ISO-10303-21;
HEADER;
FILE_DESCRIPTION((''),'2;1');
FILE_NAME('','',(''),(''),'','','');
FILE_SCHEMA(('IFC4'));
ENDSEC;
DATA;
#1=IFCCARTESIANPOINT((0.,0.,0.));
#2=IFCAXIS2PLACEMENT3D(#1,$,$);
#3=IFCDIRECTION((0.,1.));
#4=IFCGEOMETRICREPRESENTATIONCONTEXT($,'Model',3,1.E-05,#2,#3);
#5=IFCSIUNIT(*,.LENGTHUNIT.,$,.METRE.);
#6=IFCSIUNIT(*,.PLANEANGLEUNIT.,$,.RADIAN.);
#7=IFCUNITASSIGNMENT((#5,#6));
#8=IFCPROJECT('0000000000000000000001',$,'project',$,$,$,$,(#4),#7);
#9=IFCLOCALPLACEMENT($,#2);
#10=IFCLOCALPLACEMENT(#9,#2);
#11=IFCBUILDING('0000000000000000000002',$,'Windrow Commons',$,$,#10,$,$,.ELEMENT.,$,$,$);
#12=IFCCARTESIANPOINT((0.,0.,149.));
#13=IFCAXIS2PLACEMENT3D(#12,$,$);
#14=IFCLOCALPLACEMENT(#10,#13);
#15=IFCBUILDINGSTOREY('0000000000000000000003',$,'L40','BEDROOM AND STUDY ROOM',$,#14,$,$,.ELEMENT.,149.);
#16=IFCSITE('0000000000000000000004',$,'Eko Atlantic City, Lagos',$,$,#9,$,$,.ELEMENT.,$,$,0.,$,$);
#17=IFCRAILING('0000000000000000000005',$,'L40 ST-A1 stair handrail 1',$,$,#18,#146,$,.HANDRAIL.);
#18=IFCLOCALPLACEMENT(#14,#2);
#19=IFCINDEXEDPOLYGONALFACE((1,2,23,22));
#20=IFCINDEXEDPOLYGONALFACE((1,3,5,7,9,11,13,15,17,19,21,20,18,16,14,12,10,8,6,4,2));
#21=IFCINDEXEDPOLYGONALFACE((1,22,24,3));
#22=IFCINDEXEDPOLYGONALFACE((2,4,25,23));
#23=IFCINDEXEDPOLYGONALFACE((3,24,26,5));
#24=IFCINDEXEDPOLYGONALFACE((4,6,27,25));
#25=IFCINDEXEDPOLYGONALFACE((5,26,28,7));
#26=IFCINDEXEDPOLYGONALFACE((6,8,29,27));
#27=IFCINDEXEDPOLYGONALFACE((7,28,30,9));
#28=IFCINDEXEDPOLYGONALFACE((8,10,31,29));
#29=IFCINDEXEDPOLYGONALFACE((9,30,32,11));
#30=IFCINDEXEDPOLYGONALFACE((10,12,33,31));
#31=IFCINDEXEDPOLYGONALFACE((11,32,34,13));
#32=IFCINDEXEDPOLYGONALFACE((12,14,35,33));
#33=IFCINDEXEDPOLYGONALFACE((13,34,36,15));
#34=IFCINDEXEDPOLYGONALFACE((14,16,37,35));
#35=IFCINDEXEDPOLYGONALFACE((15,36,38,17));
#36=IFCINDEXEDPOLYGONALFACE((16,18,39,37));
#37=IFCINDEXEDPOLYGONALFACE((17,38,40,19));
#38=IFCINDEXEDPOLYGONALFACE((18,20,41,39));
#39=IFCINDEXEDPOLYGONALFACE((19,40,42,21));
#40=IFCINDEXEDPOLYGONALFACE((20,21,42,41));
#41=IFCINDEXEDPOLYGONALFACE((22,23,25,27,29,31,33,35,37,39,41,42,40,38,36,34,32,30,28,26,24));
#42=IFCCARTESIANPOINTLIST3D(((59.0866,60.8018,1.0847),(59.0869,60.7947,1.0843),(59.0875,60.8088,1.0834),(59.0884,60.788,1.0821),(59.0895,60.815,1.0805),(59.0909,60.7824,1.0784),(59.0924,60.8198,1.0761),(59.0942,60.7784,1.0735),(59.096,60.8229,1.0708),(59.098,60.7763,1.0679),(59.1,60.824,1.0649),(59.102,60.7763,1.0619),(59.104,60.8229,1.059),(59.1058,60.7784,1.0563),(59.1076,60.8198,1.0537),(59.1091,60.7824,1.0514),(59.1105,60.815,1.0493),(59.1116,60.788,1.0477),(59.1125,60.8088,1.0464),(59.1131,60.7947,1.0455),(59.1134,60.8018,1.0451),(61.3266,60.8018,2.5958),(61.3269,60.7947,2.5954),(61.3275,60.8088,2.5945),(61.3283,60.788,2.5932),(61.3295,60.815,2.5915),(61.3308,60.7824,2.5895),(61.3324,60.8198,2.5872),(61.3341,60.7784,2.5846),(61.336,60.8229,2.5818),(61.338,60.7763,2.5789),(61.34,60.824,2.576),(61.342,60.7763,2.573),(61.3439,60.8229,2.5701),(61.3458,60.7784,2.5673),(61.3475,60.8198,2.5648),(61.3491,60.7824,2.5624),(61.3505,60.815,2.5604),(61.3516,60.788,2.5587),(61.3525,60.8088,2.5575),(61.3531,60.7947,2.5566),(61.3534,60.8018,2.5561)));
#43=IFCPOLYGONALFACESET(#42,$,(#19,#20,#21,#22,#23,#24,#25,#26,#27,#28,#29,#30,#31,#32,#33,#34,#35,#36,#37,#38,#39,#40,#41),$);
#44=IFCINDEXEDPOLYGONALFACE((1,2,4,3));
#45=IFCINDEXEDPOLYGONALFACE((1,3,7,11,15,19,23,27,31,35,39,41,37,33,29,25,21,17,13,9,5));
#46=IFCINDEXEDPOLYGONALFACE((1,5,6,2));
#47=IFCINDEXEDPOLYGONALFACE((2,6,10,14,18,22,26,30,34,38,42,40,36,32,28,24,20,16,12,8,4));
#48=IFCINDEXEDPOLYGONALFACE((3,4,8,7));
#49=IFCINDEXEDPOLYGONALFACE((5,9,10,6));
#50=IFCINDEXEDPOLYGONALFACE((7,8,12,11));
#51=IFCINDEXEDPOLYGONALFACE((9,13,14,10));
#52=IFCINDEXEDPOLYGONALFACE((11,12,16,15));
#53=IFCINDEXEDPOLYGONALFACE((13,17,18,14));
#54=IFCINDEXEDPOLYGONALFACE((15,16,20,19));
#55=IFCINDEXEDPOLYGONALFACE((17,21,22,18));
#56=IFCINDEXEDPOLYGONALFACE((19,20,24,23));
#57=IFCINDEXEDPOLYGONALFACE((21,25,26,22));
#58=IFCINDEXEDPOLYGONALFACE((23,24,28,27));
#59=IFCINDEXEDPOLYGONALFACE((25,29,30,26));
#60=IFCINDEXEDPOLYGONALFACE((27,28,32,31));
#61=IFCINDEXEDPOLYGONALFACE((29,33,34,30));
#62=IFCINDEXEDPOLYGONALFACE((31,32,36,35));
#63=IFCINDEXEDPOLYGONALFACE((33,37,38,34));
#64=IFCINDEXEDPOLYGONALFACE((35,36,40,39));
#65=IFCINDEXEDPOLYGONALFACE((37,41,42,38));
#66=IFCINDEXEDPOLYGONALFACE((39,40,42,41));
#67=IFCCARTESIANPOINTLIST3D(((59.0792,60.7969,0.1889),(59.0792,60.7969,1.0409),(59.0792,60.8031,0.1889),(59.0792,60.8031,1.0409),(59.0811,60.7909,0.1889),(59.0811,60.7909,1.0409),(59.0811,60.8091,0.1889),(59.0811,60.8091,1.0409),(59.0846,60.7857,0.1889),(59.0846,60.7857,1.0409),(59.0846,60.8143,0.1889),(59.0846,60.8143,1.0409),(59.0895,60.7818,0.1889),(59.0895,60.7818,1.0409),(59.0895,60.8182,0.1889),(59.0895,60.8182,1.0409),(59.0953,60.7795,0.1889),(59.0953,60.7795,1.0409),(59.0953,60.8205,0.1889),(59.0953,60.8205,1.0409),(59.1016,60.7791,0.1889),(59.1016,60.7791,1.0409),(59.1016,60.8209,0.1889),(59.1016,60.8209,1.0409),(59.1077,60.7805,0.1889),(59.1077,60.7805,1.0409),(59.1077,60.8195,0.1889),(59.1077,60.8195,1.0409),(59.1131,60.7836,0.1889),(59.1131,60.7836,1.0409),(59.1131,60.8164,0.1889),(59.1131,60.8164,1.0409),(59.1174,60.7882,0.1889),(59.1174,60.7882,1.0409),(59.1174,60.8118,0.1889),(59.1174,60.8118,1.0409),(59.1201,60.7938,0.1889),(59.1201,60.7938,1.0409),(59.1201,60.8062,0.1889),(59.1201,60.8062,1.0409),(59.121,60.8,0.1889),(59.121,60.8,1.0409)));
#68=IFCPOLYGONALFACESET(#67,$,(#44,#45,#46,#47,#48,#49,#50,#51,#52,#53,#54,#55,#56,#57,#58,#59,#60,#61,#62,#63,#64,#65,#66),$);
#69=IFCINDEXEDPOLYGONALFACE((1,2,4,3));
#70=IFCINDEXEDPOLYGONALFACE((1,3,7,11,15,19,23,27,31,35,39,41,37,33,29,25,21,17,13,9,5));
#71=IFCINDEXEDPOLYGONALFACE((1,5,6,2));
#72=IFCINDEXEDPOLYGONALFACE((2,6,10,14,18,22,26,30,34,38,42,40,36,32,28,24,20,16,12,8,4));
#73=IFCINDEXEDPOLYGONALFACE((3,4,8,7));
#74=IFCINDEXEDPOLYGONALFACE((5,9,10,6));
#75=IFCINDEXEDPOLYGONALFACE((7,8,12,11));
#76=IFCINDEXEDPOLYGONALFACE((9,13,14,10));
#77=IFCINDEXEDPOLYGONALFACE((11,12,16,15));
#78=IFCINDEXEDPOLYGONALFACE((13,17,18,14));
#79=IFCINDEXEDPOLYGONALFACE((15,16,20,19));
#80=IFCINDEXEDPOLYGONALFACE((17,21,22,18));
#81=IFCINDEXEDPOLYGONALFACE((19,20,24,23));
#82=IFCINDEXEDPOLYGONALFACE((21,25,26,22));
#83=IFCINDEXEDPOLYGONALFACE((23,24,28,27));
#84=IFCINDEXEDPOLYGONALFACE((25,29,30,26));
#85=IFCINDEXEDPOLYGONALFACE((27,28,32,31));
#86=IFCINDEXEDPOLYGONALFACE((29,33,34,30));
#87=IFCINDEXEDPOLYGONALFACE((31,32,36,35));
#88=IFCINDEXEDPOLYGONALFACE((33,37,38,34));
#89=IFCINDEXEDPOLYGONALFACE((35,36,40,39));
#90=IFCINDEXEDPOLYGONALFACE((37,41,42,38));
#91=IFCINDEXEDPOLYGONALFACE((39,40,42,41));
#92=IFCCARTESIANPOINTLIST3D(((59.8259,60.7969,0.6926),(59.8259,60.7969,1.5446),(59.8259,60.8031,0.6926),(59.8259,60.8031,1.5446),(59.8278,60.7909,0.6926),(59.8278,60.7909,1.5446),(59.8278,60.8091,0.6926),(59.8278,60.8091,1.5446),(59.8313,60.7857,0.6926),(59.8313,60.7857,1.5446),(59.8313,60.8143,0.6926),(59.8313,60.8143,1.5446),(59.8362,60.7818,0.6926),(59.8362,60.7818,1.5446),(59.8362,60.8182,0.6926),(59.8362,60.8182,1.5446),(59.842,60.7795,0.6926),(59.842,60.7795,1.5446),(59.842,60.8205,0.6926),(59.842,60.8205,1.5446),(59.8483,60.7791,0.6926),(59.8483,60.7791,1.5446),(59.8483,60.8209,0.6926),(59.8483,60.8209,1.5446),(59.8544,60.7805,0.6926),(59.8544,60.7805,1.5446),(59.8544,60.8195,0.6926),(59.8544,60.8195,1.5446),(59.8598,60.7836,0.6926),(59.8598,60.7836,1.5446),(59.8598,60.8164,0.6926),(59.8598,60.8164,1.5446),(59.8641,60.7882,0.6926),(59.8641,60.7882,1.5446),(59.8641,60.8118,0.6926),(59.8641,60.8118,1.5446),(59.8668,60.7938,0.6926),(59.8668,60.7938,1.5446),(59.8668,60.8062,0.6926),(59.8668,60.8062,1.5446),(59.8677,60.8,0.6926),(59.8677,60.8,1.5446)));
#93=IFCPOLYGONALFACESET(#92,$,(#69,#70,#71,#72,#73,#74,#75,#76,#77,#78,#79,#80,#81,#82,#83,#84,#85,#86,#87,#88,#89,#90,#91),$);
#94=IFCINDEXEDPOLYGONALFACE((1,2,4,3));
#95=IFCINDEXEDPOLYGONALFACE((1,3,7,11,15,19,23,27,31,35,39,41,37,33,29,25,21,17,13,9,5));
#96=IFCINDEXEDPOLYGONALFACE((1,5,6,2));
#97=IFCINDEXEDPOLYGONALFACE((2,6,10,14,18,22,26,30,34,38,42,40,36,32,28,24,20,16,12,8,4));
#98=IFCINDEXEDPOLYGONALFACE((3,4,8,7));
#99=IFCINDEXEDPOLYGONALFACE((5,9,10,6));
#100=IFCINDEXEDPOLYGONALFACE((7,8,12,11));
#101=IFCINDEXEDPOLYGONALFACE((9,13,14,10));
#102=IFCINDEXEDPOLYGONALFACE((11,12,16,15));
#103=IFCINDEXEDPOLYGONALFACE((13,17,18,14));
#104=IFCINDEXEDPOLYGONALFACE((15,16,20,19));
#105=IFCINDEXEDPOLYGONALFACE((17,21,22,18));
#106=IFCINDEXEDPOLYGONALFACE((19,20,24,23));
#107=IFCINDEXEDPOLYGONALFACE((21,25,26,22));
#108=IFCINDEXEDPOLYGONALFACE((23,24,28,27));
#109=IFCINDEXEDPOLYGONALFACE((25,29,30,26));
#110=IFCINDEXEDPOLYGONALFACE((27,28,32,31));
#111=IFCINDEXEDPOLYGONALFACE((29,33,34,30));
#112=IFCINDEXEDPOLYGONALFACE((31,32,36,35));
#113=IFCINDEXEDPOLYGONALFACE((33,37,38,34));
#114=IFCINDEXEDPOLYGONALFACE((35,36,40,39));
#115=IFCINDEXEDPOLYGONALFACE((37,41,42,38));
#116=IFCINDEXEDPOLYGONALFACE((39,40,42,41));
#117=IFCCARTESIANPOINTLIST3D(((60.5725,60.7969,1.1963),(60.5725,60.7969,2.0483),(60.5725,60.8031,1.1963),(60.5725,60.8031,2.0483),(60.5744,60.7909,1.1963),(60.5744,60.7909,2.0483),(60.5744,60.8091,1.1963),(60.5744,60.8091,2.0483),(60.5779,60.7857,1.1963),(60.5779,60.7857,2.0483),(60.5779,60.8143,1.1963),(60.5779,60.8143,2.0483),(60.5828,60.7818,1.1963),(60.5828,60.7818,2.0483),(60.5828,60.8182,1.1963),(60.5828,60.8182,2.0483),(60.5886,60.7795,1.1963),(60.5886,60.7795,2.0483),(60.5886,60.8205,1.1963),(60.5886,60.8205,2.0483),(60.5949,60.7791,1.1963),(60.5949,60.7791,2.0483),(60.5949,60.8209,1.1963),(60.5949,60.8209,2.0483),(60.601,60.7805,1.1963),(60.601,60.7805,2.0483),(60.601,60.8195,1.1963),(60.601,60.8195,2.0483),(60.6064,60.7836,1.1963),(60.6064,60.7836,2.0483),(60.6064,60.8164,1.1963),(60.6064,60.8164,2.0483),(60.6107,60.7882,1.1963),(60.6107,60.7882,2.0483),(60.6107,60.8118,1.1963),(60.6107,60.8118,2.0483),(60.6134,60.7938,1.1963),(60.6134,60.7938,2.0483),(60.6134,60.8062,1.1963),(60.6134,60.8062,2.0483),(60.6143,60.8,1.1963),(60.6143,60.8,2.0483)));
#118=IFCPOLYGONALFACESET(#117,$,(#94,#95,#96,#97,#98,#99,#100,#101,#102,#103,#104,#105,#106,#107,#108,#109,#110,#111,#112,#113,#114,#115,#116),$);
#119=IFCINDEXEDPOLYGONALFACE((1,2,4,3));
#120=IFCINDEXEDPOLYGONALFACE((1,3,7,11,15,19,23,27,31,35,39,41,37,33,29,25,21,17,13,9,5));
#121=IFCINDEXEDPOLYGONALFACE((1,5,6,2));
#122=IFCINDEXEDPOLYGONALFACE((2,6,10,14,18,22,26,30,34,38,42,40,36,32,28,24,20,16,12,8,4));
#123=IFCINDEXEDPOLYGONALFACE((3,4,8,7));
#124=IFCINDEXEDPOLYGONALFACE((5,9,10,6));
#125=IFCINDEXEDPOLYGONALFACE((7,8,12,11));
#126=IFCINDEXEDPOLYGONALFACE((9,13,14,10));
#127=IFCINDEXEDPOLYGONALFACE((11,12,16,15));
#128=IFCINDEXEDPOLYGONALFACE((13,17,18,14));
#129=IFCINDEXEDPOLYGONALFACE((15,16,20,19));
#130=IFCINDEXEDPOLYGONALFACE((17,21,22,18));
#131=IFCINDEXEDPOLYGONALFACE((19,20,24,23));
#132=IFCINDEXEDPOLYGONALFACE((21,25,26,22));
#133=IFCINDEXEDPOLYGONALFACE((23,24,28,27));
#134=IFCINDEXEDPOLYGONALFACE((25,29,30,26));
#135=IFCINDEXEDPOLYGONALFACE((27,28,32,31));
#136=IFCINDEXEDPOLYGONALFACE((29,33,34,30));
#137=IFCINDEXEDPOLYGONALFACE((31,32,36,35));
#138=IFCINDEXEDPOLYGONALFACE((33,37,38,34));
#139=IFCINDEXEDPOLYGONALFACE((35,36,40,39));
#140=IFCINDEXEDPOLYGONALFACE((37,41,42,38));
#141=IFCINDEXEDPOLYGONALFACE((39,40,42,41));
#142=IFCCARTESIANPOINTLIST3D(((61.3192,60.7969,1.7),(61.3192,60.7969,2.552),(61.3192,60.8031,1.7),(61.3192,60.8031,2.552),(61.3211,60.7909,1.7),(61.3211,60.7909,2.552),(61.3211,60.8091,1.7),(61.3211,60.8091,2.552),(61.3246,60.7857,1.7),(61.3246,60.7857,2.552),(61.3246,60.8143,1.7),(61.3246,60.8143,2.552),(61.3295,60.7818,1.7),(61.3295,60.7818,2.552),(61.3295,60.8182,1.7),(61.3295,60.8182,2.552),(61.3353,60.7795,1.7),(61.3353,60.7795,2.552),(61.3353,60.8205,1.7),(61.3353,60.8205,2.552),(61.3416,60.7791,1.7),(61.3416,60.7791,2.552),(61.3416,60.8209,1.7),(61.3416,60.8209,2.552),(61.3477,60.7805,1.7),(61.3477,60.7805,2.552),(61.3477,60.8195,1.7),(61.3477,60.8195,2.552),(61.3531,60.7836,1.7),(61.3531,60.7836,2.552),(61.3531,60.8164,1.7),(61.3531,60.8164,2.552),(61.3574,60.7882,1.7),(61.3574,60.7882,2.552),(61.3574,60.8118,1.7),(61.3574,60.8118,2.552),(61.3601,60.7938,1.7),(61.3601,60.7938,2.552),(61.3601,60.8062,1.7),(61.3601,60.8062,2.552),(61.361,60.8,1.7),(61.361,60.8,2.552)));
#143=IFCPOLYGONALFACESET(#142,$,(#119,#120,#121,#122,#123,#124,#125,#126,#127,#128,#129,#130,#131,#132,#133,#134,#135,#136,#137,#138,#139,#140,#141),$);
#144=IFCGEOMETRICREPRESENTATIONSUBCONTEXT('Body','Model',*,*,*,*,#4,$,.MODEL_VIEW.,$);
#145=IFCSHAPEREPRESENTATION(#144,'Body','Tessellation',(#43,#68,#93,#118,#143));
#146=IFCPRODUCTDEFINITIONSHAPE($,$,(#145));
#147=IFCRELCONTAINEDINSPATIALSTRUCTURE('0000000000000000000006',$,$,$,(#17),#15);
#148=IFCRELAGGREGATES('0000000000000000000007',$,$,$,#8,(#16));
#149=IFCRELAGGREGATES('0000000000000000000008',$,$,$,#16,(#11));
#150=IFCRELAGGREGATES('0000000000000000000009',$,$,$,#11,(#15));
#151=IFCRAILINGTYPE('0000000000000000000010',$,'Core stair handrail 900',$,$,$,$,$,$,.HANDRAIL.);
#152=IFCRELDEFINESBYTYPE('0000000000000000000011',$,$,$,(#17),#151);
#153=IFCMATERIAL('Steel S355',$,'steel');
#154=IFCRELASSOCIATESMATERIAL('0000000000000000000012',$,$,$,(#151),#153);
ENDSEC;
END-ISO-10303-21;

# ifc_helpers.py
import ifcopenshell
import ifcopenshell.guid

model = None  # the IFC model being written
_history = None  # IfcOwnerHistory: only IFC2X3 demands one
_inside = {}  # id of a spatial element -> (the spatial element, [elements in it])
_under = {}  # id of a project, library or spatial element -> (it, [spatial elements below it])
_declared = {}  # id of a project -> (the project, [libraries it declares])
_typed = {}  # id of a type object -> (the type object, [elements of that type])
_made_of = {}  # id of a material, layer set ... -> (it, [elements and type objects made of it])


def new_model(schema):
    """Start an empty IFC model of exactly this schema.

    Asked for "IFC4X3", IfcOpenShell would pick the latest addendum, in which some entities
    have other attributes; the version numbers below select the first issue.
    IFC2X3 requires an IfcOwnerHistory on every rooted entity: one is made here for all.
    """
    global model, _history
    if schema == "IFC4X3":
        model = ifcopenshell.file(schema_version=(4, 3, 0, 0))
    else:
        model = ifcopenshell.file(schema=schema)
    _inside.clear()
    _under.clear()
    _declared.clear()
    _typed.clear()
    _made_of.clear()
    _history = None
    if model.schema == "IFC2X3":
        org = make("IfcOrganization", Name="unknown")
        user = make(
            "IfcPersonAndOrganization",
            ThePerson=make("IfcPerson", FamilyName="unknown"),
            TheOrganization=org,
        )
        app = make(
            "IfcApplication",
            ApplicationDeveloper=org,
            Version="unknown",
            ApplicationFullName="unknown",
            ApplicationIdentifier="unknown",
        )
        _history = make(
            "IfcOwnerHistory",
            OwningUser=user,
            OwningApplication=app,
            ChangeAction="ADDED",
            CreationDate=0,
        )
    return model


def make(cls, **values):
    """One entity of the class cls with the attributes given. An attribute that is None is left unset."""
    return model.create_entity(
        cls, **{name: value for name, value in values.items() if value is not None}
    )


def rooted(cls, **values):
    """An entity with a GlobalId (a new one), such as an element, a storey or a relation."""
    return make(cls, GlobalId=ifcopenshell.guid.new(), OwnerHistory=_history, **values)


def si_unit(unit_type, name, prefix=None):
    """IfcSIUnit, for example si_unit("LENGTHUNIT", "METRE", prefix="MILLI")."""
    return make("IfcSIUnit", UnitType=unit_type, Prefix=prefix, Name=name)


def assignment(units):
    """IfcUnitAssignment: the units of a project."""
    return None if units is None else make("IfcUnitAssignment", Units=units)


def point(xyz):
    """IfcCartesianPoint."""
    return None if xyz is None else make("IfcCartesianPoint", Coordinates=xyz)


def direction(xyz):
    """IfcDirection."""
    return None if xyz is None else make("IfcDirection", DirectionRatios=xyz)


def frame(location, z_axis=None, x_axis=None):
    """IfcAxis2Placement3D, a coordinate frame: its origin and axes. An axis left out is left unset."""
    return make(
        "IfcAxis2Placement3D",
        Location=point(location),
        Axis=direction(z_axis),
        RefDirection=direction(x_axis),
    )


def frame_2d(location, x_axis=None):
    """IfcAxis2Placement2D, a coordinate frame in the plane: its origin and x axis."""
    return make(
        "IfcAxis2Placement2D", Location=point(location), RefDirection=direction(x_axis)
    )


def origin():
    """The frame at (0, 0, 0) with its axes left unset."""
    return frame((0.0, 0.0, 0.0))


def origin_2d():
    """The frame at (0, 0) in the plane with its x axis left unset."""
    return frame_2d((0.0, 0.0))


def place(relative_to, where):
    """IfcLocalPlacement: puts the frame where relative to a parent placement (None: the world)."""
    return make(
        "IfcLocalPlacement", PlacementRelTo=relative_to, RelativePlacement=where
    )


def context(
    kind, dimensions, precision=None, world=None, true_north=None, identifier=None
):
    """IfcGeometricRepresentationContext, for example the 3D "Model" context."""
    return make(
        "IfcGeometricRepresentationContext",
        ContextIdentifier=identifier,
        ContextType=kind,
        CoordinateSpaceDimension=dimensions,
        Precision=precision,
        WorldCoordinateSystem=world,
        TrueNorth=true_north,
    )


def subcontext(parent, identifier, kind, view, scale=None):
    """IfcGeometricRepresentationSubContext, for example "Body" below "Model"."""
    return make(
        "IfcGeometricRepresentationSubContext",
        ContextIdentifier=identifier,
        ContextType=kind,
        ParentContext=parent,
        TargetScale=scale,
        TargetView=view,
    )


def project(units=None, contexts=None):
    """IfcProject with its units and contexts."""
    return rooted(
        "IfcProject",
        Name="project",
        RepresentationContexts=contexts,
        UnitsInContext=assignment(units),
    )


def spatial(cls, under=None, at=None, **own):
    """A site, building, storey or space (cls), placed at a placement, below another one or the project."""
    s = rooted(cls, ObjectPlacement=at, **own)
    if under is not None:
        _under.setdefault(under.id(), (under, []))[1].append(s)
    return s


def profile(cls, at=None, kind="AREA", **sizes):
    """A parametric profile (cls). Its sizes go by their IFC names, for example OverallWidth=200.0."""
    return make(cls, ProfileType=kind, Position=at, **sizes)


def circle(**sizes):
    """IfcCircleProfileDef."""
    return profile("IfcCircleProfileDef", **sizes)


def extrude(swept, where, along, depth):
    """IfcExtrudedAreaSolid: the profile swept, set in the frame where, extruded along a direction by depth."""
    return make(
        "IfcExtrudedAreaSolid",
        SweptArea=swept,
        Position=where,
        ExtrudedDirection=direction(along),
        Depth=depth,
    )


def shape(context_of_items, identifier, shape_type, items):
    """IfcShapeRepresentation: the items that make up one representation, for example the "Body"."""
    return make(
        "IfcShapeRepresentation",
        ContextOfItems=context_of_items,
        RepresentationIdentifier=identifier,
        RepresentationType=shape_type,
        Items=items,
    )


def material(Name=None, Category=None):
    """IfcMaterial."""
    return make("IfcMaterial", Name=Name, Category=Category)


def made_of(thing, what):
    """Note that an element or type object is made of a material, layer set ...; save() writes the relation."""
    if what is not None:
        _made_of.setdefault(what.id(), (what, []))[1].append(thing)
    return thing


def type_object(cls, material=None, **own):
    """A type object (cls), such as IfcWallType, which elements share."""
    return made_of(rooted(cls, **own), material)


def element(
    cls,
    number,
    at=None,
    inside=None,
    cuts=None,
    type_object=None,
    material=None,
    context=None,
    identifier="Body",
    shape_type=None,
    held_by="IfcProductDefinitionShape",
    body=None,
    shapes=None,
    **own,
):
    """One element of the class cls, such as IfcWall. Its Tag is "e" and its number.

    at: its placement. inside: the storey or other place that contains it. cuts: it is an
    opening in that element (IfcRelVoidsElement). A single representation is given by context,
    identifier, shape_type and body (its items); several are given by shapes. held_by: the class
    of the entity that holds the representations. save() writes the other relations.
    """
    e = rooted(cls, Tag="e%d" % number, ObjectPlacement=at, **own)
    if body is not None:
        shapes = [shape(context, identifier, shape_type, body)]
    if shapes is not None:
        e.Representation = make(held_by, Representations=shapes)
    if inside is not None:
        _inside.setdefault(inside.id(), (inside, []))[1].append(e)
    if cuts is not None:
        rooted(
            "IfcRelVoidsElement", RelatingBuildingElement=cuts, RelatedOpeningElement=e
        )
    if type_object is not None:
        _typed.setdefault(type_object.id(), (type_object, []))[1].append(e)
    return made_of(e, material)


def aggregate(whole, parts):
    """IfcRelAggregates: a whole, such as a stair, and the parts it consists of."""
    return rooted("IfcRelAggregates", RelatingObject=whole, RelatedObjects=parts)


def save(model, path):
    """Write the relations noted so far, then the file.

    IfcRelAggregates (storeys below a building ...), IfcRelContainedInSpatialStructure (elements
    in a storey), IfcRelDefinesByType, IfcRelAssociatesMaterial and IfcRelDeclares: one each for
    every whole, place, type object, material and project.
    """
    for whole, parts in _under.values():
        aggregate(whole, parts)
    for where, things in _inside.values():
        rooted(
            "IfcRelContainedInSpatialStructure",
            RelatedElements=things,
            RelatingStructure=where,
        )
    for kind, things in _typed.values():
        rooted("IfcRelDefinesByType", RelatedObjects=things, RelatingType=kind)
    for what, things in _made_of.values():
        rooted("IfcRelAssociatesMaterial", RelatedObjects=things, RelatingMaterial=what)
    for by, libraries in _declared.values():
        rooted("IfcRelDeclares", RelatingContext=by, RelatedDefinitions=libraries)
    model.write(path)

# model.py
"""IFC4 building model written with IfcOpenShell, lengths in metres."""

from ifc_helpers import new_model, si_unit, direction, frame, origin, origin_2d, place, context, subcontext, project, spatial, circle, extrude, material, type_object, element, save


model = new_model("IFC4")

# Units and contexts
model_context = context("Model", 3, precision=1e-05, world=origin(), true_north=direction((0.0, 1.0)))
body_context = subcontext(model_context, "Body", "Model", "MODEL_VIEW")
ifc_project = project(units=[si_unit("LENGTHUNIT", "METRE"), si_unit("PLANEANGLEUNIT", "RADIAN")], contexts=[model_context])

# Site, building, storey
site_placement = place(None, origin())
site = spatial("IfcSite", under=ifc_project, at=site_placement, Name="Eko Atlantic City, Lagos", CompositionType="ELEMENT", RefElevation=0.0)
building_placement = place(site_placement, origin())
building = spatial("IfcBuilding", under=site, at=building_placement, Name="Windrow Commons", CompositionType="ELEMENT")
storey_placement = place(building_placement, frame((0.0, 0.0, 149.0)))
storey = spatial("IfcBuildingStorey", under=building, at=storey_placement, Name="L40", Description="BEDROOM AND STUDY ROOM", CompositionType="ELEMENT", Elevation=149.0)

# Railing
ifc_material_1 = material(Name="Steel S355", Category="steel")
railing_type_1 = type_object("IfcRailingType", Name="Core stair handrail 900", PredefinedType="HANDRAIL", material=ifc_material_1)
railing_1_placement = place(storey_placement, frame((59.1, 60.8, 0.1889)))
element("IfcRailing", 1, at=railing_1_placement, inside=storey, type_object=railing_type_1, Name="L40 ST-A1 stair handrail 1", PredefinedType="HANDRAIL", context=body_context, shape_type="SweptSolid", body=[
    extrude(circle(Radius=0.024, at=origin_2d()), frame((0.0, 0.0, 0.876), z_axis=(0.829003, 0.0, 0.559244), x_axis=(0.0, 1.0, 0.0)), (0.0, 0.0, 1.0), 2.702),
    extrude(circle(Radius=0.021, at=origin_2d()), origin(), (0.0, 0.0, 1.0), 0.852),
    extrude(circle(Radius=0.021, at=origin_2d()), frame((0.7467, 0.0, 0.5037)), (0.0, 0.0, 1.0), 0.852),
    extrude(circle(Radius=0.021, at=origin_2d()), frame((1.4933, 0.0, 1.0074)), (0.0, 0.0, 1.0), 0.852),
    extrude(circle(Radius=0.021, at=origin_2d()), frame((2.24, 0.0, 1.5111)), (0.0, 0.0, 1.0), 0.852),
])

save(model, "model.ifc")
